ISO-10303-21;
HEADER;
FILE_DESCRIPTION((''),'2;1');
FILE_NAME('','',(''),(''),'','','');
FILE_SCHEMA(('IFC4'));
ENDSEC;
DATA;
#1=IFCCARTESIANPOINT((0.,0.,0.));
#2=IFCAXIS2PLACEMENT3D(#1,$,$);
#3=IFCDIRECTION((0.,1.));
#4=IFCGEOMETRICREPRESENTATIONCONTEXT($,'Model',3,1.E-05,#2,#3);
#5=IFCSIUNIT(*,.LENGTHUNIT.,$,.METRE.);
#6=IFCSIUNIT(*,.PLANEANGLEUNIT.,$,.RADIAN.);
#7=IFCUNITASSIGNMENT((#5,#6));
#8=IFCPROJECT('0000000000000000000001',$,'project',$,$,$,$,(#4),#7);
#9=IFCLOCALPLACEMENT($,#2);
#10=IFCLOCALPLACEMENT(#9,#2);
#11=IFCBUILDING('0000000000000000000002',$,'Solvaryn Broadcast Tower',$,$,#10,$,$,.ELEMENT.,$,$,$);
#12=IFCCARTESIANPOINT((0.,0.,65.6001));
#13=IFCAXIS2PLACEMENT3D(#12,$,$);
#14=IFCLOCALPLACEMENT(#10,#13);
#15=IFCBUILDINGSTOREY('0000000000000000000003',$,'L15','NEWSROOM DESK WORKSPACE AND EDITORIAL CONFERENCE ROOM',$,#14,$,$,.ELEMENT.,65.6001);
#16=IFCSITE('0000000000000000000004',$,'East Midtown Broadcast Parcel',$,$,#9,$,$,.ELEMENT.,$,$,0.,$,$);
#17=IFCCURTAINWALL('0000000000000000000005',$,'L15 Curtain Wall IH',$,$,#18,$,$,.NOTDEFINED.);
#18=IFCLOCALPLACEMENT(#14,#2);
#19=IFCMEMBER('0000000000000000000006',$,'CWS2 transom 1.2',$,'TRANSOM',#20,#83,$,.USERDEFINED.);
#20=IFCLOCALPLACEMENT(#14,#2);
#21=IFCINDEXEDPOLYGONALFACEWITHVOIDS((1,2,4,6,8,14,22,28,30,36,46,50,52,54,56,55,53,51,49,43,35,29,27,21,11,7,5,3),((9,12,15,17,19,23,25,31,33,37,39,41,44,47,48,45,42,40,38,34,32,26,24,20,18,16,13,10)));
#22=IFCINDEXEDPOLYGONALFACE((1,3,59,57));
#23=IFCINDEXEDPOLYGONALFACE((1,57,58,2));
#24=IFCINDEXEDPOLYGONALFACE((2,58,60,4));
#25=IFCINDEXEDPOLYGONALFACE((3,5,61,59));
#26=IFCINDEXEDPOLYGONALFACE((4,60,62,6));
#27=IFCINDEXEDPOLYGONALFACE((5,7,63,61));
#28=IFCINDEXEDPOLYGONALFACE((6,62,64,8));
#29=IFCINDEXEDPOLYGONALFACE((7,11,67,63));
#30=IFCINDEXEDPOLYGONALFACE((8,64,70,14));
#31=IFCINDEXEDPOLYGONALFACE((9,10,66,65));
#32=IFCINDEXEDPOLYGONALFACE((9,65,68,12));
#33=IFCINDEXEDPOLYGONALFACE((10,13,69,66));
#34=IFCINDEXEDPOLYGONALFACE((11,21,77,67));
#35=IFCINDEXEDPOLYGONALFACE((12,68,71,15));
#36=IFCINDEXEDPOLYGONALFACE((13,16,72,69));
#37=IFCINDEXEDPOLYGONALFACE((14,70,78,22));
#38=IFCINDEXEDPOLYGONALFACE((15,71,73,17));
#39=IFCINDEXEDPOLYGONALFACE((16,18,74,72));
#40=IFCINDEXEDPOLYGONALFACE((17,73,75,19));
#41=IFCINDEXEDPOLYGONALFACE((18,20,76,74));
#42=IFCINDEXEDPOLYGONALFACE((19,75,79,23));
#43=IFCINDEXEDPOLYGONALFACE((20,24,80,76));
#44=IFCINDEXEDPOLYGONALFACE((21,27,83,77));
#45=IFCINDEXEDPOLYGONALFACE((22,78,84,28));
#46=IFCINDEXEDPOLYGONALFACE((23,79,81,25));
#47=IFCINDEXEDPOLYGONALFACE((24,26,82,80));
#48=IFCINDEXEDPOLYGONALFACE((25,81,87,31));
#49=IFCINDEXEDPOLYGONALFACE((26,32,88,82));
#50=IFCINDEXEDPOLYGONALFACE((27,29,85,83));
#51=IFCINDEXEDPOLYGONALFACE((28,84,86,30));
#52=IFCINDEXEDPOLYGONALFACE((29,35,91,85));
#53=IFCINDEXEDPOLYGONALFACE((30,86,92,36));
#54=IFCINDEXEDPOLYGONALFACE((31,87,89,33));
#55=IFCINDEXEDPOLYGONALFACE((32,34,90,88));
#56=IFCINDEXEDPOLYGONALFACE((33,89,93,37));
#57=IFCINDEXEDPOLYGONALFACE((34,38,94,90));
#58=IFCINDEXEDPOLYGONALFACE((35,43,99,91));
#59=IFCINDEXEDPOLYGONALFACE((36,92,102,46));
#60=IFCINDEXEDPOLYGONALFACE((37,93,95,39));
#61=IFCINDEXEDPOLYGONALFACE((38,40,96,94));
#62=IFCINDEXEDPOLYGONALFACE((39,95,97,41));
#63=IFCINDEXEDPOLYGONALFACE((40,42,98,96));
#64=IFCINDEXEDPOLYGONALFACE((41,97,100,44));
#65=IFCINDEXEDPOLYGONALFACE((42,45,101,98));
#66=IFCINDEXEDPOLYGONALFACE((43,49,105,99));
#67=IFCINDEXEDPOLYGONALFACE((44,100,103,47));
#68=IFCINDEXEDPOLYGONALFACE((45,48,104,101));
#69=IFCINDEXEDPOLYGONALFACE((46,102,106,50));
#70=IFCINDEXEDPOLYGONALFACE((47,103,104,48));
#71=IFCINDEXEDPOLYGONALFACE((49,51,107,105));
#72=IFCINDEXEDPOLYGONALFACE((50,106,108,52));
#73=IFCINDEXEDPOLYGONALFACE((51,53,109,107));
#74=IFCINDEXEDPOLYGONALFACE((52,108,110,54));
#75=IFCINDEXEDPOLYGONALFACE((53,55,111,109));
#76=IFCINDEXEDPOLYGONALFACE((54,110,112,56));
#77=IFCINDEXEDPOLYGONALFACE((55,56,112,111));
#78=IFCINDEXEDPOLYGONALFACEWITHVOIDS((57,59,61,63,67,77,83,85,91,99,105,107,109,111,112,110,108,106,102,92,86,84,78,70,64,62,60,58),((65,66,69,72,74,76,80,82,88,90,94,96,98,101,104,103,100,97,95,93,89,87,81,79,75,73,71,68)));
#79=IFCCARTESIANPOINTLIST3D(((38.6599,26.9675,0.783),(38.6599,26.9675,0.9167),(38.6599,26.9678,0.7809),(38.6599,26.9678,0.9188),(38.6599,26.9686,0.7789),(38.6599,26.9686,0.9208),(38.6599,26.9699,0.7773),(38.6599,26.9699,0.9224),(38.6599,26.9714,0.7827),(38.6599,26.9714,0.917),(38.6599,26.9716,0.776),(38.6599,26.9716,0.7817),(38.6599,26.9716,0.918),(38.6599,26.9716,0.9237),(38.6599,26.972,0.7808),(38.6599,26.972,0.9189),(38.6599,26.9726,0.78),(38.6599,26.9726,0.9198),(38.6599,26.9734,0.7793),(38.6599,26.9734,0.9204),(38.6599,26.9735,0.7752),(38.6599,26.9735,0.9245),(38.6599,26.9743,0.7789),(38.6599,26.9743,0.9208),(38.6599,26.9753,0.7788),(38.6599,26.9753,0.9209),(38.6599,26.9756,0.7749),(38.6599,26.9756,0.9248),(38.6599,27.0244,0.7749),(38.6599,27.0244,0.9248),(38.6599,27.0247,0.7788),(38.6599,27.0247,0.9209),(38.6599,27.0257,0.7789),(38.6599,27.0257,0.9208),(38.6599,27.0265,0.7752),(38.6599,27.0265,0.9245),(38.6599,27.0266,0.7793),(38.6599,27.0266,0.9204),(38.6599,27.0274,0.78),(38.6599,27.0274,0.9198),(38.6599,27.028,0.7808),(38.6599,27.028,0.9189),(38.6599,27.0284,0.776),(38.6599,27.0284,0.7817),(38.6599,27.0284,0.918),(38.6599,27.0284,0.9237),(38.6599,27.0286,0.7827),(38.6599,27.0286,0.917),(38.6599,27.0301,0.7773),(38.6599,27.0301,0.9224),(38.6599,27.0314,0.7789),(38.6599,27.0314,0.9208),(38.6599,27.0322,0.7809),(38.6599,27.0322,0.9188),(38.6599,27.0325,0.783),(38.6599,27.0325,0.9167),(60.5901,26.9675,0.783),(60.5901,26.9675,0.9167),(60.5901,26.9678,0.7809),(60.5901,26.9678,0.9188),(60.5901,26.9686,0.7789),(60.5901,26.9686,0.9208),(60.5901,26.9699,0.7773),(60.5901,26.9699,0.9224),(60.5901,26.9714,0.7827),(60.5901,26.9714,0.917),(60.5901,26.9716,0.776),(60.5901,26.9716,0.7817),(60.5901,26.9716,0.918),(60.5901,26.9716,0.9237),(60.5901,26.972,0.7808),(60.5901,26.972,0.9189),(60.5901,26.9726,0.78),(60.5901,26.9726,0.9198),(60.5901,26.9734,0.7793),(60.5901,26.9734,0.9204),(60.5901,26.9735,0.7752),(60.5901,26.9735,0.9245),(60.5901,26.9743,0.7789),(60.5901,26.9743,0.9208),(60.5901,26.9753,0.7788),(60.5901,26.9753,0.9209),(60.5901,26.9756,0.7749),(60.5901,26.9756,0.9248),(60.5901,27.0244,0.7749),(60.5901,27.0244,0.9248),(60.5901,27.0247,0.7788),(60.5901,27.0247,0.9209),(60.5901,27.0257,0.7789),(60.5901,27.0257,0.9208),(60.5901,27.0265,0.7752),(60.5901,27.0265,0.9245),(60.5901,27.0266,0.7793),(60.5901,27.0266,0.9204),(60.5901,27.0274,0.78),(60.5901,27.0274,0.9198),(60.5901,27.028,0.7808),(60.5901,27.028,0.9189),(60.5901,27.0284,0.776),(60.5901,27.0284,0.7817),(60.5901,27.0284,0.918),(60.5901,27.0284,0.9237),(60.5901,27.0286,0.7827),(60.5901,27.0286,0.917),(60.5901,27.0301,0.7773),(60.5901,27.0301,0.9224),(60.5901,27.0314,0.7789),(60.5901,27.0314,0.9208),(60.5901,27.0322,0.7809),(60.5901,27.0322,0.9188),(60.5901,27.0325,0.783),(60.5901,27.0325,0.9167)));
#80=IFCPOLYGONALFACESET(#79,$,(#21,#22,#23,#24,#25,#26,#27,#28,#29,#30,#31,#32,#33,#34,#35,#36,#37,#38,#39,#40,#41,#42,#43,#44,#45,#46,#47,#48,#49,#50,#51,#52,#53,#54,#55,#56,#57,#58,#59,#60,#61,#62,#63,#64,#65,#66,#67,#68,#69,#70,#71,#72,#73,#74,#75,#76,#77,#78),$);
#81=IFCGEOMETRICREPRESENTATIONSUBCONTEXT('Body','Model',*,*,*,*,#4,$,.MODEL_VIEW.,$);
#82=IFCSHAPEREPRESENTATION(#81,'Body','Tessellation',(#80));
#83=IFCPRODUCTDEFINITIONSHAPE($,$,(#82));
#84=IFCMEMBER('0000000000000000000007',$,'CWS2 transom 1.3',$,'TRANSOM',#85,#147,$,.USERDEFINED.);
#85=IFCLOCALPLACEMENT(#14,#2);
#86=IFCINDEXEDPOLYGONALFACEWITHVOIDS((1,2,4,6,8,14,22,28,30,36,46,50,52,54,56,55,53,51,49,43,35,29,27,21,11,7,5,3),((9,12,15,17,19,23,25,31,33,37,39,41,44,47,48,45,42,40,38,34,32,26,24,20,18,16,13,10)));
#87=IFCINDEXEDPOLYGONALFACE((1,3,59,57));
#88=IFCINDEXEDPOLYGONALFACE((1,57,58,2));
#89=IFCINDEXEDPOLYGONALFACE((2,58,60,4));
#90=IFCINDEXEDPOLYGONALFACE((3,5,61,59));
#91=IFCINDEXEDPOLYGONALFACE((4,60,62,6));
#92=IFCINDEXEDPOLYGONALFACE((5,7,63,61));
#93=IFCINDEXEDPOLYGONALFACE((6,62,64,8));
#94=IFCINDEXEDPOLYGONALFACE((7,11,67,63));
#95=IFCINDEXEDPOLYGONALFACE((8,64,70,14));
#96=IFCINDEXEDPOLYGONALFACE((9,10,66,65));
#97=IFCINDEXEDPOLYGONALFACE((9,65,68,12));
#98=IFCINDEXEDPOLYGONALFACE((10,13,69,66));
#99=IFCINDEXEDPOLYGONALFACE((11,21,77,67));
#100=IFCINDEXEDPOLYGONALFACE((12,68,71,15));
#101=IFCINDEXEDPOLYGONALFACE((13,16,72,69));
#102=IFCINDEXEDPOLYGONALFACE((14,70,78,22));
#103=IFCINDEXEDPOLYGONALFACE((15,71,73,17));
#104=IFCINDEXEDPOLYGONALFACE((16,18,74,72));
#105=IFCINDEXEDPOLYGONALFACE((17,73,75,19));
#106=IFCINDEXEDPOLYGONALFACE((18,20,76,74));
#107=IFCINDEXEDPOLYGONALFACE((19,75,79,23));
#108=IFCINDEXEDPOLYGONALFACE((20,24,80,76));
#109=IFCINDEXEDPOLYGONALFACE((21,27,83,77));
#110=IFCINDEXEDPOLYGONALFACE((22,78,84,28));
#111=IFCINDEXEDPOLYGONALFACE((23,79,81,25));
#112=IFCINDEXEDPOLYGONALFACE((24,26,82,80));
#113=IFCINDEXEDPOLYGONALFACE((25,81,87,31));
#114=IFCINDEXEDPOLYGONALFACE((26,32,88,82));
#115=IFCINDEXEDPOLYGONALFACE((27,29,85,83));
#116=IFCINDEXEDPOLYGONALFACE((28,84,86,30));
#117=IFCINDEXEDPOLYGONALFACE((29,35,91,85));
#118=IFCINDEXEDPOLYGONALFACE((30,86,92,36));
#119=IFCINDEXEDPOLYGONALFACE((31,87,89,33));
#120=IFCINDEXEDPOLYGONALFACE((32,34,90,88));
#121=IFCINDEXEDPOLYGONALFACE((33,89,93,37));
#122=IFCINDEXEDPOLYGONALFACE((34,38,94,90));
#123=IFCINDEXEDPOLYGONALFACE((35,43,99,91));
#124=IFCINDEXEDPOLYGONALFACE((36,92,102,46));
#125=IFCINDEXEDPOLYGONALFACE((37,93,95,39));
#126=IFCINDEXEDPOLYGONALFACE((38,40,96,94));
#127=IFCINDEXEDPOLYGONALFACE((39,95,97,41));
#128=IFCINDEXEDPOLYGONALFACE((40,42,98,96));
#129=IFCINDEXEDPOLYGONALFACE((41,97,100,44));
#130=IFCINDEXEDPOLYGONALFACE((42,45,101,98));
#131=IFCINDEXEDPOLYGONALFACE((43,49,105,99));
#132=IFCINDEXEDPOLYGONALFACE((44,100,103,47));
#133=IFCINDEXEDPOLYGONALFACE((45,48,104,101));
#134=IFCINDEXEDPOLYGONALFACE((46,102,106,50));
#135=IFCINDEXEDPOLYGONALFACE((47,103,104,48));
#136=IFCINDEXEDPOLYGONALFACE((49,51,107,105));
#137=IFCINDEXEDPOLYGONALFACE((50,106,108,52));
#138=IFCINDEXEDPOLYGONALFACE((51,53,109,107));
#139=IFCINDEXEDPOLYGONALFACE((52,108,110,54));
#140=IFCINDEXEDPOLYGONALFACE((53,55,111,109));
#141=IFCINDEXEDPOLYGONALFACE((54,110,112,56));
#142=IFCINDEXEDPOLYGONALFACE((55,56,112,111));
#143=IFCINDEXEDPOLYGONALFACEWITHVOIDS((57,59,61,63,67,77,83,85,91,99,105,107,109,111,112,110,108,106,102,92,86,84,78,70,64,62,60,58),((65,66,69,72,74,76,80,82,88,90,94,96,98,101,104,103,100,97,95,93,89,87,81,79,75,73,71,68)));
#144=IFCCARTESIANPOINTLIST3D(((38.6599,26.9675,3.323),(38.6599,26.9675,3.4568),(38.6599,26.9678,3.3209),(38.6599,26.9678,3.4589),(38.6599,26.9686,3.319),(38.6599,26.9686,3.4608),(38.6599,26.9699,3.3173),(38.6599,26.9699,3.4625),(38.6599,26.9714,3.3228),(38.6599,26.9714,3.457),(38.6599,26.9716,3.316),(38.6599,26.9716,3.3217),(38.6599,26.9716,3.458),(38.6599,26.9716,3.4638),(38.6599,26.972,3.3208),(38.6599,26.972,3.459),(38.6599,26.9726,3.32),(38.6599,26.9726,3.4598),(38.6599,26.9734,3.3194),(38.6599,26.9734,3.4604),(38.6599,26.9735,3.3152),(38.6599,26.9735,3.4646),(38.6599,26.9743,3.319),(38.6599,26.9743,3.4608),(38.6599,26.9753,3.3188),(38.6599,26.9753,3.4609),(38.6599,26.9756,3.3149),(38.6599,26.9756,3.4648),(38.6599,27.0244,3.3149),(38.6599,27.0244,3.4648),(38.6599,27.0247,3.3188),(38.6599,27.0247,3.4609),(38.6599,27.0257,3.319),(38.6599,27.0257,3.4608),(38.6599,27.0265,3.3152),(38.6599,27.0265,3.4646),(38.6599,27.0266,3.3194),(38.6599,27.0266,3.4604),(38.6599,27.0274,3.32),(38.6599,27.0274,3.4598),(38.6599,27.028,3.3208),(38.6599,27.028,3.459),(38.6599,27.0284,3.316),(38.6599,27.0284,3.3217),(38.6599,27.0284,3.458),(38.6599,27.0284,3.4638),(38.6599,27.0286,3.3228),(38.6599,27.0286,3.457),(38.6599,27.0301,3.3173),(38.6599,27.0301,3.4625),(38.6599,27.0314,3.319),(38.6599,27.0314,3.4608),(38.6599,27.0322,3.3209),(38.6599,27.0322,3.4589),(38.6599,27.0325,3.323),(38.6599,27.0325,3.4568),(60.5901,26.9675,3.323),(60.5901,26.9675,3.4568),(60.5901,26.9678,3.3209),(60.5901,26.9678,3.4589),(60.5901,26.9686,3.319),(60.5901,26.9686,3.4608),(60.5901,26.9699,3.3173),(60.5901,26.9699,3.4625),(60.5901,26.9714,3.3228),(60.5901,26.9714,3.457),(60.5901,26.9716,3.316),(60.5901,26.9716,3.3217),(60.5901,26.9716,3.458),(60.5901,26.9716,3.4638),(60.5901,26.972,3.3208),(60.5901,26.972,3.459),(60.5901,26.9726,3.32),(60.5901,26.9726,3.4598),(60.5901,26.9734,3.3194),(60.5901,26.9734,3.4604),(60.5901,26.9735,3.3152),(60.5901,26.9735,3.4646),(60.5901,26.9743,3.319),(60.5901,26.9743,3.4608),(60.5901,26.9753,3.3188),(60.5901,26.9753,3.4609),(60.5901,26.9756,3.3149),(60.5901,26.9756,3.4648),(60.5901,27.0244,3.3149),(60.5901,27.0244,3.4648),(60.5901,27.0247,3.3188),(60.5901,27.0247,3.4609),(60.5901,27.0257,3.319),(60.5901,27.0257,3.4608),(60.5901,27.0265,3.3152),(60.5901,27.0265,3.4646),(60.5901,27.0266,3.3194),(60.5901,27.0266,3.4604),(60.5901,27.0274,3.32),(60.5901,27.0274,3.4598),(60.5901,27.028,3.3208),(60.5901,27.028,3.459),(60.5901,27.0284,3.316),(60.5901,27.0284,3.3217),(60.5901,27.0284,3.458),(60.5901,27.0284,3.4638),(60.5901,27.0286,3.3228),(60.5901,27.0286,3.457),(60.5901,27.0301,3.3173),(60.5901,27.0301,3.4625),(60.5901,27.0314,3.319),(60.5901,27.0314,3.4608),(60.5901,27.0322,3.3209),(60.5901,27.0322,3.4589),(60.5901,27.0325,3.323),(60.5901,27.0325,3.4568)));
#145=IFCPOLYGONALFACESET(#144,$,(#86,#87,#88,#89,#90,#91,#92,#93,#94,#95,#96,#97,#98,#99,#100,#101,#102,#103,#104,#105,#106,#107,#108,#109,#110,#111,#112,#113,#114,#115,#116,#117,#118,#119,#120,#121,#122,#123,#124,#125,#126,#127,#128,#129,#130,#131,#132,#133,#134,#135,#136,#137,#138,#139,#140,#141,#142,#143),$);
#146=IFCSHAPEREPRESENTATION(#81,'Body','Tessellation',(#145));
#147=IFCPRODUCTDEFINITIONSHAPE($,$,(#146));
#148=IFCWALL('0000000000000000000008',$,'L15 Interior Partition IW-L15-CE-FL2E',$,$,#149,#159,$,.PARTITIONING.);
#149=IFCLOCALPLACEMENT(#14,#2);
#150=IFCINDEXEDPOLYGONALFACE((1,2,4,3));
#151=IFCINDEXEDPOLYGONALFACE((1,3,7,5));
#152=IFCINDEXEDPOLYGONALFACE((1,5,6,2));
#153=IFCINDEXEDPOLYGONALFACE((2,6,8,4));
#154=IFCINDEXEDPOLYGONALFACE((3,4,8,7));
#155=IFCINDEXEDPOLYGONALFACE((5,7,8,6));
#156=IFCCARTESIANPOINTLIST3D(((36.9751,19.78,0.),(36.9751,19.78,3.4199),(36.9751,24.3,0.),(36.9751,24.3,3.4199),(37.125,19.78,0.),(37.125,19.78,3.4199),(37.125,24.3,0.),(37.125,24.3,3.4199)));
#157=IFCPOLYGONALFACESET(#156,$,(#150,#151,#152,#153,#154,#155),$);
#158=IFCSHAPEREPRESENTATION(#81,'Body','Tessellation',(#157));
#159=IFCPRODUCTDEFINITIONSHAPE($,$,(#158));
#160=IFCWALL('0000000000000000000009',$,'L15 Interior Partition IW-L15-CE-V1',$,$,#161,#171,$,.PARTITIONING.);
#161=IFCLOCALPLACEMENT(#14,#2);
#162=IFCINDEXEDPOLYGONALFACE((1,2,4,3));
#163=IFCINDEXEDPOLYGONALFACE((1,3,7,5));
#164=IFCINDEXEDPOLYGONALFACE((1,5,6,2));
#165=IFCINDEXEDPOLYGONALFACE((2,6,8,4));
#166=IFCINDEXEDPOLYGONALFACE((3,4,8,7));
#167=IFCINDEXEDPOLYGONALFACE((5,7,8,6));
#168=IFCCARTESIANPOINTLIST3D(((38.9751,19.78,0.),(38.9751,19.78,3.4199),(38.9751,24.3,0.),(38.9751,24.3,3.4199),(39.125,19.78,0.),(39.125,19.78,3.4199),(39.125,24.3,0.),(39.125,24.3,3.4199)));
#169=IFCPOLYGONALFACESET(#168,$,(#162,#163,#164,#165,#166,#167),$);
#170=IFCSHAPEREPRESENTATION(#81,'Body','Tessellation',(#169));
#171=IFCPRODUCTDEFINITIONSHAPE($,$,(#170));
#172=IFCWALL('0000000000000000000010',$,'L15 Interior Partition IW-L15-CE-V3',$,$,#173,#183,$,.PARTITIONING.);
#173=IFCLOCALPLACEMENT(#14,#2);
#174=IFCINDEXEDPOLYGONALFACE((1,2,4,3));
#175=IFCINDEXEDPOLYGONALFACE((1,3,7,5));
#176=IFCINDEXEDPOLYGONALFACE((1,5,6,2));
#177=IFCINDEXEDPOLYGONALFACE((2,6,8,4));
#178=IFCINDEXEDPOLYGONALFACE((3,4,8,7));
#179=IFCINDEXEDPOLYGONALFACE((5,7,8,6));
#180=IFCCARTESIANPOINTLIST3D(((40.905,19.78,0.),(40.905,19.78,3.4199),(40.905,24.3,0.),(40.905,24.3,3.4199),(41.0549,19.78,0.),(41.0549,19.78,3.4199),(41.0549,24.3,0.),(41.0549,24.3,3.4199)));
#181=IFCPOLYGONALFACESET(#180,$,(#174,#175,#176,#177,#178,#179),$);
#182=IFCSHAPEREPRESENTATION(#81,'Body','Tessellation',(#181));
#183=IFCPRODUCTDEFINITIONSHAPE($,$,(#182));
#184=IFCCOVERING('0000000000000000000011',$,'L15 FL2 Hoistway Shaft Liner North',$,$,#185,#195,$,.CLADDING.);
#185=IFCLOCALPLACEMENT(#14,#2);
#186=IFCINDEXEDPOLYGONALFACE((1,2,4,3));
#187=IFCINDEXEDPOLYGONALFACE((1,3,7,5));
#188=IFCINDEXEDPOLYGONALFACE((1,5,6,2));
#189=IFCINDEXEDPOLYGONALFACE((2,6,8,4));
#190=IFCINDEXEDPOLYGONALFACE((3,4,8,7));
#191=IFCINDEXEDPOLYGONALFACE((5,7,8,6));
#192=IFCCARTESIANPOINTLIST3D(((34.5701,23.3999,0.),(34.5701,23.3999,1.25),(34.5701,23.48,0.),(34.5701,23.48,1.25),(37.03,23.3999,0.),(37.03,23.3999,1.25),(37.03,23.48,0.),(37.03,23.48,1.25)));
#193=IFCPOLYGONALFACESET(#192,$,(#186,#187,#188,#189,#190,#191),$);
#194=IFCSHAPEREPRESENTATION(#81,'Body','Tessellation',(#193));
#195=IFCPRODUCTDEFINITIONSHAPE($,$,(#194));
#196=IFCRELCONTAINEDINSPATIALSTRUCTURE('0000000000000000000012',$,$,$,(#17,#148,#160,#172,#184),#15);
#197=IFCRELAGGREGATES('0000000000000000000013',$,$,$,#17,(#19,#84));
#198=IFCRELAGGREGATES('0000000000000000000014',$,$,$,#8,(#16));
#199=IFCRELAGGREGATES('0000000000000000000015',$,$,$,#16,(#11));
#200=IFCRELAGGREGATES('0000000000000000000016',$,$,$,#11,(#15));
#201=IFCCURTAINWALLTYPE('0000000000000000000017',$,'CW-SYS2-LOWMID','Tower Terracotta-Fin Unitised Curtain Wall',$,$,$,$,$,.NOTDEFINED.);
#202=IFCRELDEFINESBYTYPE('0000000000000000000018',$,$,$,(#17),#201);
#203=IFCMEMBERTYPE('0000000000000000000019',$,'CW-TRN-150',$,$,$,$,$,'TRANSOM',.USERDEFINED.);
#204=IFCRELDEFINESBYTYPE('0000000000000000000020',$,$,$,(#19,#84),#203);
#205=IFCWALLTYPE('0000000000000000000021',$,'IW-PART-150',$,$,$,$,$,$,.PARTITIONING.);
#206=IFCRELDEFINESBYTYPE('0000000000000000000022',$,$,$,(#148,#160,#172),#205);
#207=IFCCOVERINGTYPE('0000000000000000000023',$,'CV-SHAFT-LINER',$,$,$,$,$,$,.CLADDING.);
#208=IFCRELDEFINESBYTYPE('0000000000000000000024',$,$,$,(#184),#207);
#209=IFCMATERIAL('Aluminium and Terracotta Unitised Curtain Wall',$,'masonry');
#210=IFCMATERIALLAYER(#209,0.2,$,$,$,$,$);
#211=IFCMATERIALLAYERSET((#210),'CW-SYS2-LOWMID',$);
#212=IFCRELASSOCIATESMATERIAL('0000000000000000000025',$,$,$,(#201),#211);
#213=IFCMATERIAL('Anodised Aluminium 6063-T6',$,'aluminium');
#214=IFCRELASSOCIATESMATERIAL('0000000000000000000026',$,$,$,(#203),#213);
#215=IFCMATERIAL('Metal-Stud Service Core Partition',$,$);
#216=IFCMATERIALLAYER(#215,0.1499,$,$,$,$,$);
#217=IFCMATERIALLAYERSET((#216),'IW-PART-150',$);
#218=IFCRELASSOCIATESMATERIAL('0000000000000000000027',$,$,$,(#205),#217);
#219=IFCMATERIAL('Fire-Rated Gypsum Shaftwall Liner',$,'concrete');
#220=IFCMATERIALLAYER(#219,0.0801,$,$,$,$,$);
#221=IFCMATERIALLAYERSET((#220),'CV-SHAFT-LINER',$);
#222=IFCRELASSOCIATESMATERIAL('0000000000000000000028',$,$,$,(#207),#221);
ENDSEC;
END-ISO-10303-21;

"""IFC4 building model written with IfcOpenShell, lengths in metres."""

from ifc_helpers import new_model, si_unit, direction, frame, frame_2d, origin, origin_2d, place, context, subcontext, project, spatial, rectangle, hollow_rectangle, extrude, material, layer, layer_set, material_profile, profile_set, type_object, element, aggregate, save


model = new_model("IFC4")

# Units and contexts
model_context = context("Model", 3, precision=1e-05, world=origin(), true_north=direction((0.0, 1.0)))
body_context = subcontext(model_context, "Body", "Model", "MODEL_VIEW")
ifc_project = project(units=[si_unit("LENGTHUNIT", "METRE"), si_unit("PLANEANGLEUNIT", "RADIAN")], contexts=[model_context])

# Site, building, storey
site_placement = place(None, origin())
site = spatial("IfcSite", under=ifc_project, at=site_placement, Name="East Midtown Broadcast Parcel", CompositionType="ELEMENT", RefElevation=0.0)
building_placement = place(site_placement, origin())
building = spatial("IfcBuilding", under=site, at=building_placement, Name="Solvaryn Broadcast Tower", CompositionType="ELEMENT")
storey_placement = place(building_placement, frame((0.0, 0.0, 65.6001)))
storey = spatial("IfcBuildingStorey", under=building, at=storey_placement, Name="L15", Description="NEWSROOM DESK WORKSPACE AND EDITORIAL CONFERENCE ROOM", CompositionType="ELEMENT", Elevation=65.6001)

# Curtain wall
ifc_material_1 = material(Name="Aluminium and Terracotta Unitised Curtain Wall", Category="masonry")
ifc_layer_1 = layer(ifc_material_1, 0.2)
ifc_layer_set_1 = layer_set([ifc_layer_1], Name="CW-SYS2-LOWMID")
curtain_wall_type = type_object("IfcCurtainWallType", Name="CW-SYS2-LOWMID", Description="Tower Terracotta-Fin Unitised Curtain Wall", PredefinedType="NOTDEFINED", material=ifc_layer_set_1)
curtain_wall_1_placement = place(storey_placement, origin())
curtain_wall_1 = element("IfcCurtainWall", 1, at=curtain_wall_1_placement, inside=storey, type_object=curtain_wall_type, Name="L15 Curtain Wall IH", PredefinedType="NOTDEFINED")

# Members
ifc_material_2 = material(Name="Anodised Aluminium 6063-T6", Category="aluminium")
ifc_material_profile_1 = material_profile(ifc_material_2, hollow_rectangle(XDim=0.0649, YDim=0.1499, WallThickness=0.0039, InnerFilletRadius=0.0039, OuterFilletRadius=0.0081, at=origin_2d()))
ifc_profile_set_1 = profile_set([ifc_material_profile_1], Name="Anodised Aluminium 6063-T6")
member_type_1 = type_object("IfcMemberType", Name="CW-TRN-150", ElementType="TRANSOM", PredefinedType="USERDEFINED", material=ifc_profile_set_1)
member_1_placement = place(storey_placement, frame((38.6599, 27.0, 0.8499), z_axis=(1.0, 0.0, 0.0), x_axis=(0.0, 1.0, 0.0)))
member_1 = element("IfcMember", 2, at=member_1_placement, type_object=member_type_1, Name="CWS2 transom 1.2", ObjectType="TRANSOM", PredefinedType="USERDEFINED", context=body_context, shape_type="SweptSolid", body=[
    extrude(hollow_rectangle(XDim=0.0649, YDim=0.1499, WallThickness=0.0039, InnerFilletRadius=0.0039, OuterFilletRadius=0.0081, at=origin_2d()), origin(), (0.0, 0.0, 1.0), 21.9302),
])
member_2_placement = place(storey_placement, frame((38.6599, 27.0, 3.3899), z_axis=(1.0, 0.0, 0.0), x_axis=(0.0, 1.0, 0.0)))
member_2 = element("IfcMember", 3, at=member_2_placement, type_object=member_type_1, Name="CWS2 transom 1.3", ObjectType="TRANSOM", PredefinedType="USERDEFINED", context=body_context, shape_type="SweptSolid", body=[
    extrude(hollow_rectangle(XDim=0.0649, YDim=0.1499, WallThickness=0.0039, InnerFilletRadius=0.0039, OuterFilletRadius=0.0081, at=origin_2d()), origin(), (0.0, 0.0, 1.0), 21.9302),
])
aggregate(curtain_wall_1, [member_1, member_2])

# Walls
ifc_material_3 = material(Name="Metal-Stud Service Core Partition")
ifc_layer_2 = layer(ifc_material_3, 0.1499)
ifc_layer_set_2 = layer_set([ifc_layer_2], Name="IW-PART-150")
wall_type_1 = type_object("IfcWallType", Name="IW-PART-150", PredefinedType="PARTITIONING", material=ifc_layer_set_2)
for number, where, z_axis, x_axis, name in (
    (4, (37.05, 19.78, 0.0), (0.0, 0.0, 1.0), (0.0, 1.0, 0.0), "L15 Interior Partition IW-L15-CE-FL2E"),
    (5, (39.05, 19.78, 0.0), (0.0, 0.0, 1.0), (0.0, 1.0, 0.0), "L15 Interior Partition IW-L15-CE-V1"),
    (6, (40.98, 19.78, 0.0), (0.0, 0.0, 1.0), (0.0, 1.0, 0.0), "L15 Interior Partition IW-L15-CE-V3"),
):
    element("IfcWall", number, at=place(storey_placement, frame(where, z_axis=z_axis, x_axis=x_axis)), inside=storey, type_object=wall_type_1, Name=name, PredefinedType="PARTITIONING", context=body_context, shape_type="SweptSolid", body=[
        extrude(rectangle(XDim=4.52, YDim=0.1499, at=frame_2d((2.26, 0.0))), origin(), (0.0, 0.0, 1.0), 3.4199),
    ])

# Covering
ifc_material_4 = material(Name="Fire-Rated Gypsum Shaftwall Liner", Category="concrete")
ifc_layer_3 = layer(ifc_material_4, 0.0801)
ifc_layer_set_3 = layer_set([ifc_layer_3], Name="CV-SHAFT-LINER")
covering_type_1 = type_object("IfcCoveringType", Name="CV-SHAFT-LINER", PredefinedType="CLADDING", material=ifc_layer_set_3)
covering_1_placement = place(storey_placement, frame((35.8, 23.4399, 0.0), z_axis=(0.0, 0.0, 1.0), x_axis=(1.0, 0.0, 0.0)))
element("IfcCovering", 7, at=covering_1_placement, inside=storey, type_object=covering_type_1, Name="L15 FL2 Hoistway Shaft Liner North", PredefinedType="CLADDING", context=body_context, shape_type="SweptSolid", body=[
    extrude(rectangle(XDim=2.46, YDim=0.0801, at=origin_2d()), origin(), (0.0, 0.0, 1.0), 1.25),
])

save(model, "model.ifc")
